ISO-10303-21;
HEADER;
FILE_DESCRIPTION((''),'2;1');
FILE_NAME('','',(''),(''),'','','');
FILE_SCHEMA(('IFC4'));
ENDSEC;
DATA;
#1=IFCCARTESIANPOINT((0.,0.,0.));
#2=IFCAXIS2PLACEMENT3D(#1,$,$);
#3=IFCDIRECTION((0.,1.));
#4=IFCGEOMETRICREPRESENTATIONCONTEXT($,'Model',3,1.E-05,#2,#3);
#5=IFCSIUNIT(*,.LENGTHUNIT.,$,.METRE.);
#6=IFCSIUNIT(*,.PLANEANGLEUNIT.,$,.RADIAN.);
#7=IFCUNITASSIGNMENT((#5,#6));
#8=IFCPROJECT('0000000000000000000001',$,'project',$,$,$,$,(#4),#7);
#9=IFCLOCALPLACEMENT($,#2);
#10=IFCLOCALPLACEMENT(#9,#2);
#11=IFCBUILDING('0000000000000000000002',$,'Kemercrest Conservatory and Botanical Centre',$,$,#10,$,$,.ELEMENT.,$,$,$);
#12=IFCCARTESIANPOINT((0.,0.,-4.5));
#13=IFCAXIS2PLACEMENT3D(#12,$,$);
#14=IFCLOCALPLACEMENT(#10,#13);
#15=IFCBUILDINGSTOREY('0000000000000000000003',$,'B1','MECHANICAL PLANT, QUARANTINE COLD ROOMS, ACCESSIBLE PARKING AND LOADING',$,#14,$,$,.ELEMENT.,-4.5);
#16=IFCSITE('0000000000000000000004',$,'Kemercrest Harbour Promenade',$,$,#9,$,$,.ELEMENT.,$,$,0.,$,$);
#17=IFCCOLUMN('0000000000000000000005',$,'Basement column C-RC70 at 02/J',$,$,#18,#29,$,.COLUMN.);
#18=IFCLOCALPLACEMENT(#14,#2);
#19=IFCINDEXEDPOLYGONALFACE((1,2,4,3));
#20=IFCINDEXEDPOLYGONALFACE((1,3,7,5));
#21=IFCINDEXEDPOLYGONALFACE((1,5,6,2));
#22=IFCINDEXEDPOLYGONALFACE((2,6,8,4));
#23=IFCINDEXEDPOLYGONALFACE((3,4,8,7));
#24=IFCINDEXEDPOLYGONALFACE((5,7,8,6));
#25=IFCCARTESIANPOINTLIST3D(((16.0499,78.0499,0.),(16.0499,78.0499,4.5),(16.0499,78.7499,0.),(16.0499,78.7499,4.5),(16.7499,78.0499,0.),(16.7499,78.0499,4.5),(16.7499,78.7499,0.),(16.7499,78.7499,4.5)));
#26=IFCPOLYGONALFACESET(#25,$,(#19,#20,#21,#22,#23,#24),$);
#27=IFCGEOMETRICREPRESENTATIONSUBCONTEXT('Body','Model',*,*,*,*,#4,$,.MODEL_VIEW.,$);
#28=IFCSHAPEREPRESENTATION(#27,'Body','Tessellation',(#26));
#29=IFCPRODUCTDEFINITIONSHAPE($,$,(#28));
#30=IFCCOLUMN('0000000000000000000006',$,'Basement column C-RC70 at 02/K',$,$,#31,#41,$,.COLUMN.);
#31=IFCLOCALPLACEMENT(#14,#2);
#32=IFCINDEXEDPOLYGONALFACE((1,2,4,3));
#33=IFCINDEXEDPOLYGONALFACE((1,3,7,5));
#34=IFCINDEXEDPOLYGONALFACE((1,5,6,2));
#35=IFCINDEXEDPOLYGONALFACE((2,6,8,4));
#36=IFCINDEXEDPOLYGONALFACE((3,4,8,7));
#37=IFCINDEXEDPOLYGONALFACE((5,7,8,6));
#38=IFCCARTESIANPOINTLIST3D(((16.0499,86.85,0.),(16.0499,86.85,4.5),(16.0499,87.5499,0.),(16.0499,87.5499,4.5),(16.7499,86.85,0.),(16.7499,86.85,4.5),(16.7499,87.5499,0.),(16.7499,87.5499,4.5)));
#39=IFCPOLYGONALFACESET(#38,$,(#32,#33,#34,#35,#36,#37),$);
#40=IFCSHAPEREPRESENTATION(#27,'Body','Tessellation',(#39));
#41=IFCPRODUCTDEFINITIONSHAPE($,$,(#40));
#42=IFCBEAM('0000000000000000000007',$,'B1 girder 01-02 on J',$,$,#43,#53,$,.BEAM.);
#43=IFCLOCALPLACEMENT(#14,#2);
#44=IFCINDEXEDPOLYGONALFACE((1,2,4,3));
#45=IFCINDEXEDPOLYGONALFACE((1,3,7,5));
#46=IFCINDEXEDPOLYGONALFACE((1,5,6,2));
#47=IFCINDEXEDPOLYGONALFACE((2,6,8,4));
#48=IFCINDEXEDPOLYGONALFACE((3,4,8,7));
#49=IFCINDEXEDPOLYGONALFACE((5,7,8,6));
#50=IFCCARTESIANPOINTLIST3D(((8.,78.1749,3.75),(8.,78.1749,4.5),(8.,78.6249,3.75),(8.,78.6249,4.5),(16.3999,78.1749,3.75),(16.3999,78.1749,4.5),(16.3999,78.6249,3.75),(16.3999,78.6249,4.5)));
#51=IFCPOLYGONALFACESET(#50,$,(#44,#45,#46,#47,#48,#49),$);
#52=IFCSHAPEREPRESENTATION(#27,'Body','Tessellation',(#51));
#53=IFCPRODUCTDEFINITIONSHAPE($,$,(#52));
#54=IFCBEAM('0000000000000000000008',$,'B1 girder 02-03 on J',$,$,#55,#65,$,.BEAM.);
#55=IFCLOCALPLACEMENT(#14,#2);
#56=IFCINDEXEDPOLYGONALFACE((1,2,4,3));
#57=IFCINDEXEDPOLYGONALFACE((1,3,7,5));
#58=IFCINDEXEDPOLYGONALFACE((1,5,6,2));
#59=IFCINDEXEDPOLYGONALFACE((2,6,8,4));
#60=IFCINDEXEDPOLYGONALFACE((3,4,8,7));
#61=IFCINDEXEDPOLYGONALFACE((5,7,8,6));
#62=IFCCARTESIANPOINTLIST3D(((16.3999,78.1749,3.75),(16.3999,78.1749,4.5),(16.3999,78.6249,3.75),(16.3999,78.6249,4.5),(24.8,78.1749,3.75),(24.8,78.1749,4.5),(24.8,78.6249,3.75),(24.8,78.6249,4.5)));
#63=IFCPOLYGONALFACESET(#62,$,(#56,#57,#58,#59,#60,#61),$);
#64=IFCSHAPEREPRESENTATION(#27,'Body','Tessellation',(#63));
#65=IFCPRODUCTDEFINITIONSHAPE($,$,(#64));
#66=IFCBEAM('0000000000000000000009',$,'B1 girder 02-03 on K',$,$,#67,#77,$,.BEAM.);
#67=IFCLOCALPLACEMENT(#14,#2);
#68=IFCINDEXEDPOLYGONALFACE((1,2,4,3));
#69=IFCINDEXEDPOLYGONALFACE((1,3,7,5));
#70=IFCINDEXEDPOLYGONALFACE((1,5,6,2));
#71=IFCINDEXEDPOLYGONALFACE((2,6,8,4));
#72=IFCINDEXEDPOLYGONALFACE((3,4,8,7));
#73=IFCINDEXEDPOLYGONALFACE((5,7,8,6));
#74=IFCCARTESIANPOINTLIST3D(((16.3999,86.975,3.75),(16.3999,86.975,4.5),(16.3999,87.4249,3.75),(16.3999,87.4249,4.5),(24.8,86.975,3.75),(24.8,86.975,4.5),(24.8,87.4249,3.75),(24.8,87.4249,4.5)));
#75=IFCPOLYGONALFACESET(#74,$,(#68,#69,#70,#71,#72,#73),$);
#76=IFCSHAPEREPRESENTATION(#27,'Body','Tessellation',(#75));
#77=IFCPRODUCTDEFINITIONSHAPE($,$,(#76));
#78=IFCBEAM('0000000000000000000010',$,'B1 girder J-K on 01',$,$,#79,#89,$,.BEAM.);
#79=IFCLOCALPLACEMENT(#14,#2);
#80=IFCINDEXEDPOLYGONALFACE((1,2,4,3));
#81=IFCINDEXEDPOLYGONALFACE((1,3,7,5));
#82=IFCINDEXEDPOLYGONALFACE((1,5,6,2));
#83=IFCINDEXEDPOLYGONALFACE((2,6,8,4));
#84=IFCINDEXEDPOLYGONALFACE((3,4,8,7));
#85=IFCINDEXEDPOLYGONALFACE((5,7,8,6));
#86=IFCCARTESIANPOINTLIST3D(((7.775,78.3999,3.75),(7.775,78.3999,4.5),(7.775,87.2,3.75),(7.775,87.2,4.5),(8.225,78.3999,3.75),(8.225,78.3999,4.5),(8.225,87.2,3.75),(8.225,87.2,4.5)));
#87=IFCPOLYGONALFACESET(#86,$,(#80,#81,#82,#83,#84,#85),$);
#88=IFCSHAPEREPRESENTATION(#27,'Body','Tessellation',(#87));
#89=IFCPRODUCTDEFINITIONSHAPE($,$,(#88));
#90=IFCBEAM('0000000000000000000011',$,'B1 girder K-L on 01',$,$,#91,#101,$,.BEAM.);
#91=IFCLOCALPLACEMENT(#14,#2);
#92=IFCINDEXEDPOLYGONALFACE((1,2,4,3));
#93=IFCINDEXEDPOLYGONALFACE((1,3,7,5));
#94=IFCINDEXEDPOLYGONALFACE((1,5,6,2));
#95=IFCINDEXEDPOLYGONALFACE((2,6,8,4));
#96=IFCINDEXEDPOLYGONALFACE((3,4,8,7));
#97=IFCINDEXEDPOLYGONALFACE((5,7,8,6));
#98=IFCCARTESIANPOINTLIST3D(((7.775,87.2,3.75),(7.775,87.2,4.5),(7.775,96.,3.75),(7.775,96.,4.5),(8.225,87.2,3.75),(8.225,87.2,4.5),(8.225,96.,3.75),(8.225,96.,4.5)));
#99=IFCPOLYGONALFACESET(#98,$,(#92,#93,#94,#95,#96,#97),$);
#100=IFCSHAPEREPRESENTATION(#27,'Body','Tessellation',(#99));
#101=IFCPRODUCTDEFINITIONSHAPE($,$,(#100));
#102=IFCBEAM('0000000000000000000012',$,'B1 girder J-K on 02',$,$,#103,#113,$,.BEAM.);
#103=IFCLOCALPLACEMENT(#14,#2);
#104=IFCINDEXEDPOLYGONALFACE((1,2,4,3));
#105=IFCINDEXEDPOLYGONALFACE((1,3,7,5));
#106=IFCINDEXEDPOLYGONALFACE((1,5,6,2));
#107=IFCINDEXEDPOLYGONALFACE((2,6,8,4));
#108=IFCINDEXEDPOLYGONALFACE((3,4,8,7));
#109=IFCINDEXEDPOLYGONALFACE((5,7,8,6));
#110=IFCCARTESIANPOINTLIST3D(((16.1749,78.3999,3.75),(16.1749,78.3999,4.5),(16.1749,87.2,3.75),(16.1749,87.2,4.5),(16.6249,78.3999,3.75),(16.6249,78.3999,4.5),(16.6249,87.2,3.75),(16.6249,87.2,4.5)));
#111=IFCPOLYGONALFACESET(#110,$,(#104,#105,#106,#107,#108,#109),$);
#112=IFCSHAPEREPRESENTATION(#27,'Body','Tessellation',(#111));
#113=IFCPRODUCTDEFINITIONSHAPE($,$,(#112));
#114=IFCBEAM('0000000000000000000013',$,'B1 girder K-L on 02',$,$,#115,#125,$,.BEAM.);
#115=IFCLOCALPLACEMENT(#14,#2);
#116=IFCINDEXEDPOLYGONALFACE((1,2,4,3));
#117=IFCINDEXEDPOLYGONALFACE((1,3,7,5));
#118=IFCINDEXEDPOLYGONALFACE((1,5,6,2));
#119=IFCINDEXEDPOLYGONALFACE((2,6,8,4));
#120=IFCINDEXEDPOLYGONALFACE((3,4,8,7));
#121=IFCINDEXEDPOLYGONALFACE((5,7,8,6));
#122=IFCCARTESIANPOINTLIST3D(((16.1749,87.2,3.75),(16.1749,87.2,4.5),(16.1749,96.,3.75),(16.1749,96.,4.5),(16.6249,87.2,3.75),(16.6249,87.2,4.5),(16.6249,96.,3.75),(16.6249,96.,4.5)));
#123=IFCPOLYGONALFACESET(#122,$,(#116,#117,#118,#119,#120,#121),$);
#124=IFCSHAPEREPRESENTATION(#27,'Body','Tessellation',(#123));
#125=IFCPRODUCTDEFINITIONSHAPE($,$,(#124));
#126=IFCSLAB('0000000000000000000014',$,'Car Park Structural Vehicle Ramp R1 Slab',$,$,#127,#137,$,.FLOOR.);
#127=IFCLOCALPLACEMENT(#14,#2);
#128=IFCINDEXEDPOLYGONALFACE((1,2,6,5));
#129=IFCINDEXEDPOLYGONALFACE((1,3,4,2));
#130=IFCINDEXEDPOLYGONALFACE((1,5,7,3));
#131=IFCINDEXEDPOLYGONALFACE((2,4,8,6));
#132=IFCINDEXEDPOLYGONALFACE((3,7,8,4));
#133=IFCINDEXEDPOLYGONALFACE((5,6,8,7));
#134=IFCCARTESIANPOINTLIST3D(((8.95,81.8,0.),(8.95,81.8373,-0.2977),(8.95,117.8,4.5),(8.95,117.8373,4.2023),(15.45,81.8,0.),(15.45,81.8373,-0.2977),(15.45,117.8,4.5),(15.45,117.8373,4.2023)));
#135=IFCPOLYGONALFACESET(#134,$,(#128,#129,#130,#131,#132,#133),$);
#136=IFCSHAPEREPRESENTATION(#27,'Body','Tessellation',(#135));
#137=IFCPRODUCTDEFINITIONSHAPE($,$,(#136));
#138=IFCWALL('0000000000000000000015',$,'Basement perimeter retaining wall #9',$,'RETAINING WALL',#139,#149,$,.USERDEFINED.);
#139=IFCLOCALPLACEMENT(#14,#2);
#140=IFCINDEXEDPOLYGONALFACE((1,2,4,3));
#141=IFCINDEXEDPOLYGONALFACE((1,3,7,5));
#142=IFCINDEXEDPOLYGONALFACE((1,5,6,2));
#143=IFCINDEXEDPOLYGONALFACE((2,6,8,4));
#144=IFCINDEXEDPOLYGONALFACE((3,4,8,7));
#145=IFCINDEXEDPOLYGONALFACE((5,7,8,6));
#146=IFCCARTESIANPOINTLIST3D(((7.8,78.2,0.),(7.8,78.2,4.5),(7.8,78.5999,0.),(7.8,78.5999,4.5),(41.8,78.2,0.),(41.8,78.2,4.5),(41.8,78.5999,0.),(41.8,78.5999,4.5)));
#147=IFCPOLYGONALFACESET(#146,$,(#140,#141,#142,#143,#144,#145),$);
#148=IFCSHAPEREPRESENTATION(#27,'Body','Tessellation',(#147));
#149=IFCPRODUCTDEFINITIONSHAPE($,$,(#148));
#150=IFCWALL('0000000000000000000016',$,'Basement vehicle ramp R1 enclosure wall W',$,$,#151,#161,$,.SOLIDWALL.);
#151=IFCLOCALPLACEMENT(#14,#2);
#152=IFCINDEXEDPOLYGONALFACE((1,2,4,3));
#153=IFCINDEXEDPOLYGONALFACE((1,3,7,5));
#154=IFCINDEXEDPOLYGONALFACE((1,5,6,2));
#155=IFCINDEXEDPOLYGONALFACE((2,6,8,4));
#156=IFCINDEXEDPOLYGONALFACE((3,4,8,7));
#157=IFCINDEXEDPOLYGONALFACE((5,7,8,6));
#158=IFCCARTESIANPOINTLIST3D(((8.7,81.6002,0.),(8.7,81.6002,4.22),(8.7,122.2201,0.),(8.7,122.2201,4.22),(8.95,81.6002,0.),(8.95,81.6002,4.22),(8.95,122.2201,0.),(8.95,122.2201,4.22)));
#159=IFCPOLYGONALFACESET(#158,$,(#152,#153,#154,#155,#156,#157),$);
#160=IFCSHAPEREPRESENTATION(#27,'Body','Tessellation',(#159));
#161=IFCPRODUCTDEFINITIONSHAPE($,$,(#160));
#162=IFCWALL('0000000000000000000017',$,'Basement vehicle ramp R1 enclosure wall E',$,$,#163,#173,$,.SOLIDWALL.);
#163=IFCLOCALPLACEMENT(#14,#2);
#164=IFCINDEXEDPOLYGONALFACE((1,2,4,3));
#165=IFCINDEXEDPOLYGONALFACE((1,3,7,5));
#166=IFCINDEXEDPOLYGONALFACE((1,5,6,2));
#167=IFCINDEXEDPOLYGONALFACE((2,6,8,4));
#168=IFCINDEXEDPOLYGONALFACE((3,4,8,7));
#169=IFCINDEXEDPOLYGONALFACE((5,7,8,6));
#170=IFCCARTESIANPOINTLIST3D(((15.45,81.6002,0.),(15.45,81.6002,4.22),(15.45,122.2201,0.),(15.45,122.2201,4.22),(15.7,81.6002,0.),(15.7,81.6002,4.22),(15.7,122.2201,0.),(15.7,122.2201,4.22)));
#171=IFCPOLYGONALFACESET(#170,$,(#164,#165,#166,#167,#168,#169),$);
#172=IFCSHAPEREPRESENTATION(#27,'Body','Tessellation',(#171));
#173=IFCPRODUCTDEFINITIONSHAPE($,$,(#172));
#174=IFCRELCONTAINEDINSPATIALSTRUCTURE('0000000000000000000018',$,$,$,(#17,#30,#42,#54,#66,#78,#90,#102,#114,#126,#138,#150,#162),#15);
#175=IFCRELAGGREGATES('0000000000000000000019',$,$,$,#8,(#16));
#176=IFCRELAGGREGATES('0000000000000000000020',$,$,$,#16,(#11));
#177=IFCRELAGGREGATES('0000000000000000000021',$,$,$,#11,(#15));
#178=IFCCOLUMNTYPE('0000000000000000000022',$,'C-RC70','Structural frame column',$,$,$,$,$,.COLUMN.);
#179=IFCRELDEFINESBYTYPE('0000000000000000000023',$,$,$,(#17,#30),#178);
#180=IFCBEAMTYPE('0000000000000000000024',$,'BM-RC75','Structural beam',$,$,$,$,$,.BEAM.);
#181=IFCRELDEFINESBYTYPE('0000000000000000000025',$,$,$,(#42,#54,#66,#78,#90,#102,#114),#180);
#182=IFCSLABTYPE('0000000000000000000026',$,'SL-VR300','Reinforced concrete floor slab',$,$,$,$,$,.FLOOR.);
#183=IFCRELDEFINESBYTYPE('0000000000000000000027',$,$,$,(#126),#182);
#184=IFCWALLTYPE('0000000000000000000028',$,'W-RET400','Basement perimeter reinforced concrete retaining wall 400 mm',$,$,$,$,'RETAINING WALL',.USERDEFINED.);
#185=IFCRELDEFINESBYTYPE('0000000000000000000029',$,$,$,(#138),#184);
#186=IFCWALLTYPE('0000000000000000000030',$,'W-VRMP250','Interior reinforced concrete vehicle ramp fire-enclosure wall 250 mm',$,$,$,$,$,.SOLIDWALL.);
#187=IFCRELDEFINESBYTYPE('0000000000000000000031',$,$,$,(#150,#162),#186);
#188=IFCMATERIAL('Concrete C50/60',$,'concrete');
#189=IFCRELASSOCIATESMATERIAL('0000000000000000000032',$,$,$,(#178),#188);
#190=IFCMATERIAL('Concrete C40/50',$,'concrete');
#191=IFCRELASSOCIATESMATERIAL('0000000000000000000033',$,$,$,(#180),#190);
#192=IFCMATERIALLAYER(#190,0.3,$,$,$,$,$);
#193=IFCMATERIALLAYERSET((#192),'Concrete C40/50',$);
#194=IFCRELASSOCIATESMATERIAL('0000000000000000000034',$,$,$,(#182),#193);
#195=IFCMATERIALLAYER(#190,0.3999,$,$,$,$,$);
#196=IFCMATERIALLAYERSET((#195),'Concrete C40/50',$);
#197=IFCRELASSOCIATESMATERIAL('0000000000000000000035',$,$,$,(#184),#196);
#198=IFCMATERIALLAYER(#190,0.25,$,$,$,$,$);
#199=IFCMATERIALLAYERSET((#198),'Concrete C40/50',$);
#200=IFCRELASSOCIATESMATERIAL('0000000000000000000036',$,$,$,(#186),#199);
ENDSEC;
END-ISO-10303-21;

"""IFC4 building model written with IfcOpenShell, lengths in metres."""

from ifc_helpers import new_model, si_unit, direction, frame, frame_2d, origin, origin_2d, place, context, subcontext, project, spatial, polyline, rectangle, outline, extrude, material, layer, layer_set, material_profile, profile_set, type_object, element, save


model = new_model("IFC4")

# Units and contexts
model_context = context("Model", 3, precision=1e-05, world=origin(), true_north=direction((0.0, 1.0)))
body_context = subcontext(model_context, "Body", "Model", "MODEL_VIEW")
ifc_project = project(units=[si_unit("LENGTHUNIT", "METRE"), si_unit("PLANEANGLEUNIT", "RADIAN")], contexts=[model_context])

# Site, building, storey
site_placement = place(None, origin())
site = spatial("IfcSite", under=ifc_project, at=site_placement, Name="Kemercrest Harbour Promenade", CompositionType="ELEMENT", RefElevation=0.0)
building_placement = place(site_placement, origin())
building = spatial("IfcBuilding", under=site, at=building_placement, Name="Kemercrest Conservatory and Botanical Centre", CompositionType="ELEMENT")
storey_placement = place(building_placement, frame((0.0, 0.0, -4.5)))
storey = spatial("IfcBuildingStorey", under=building, at=storey_placement, Name="B1", Description="MECHANICAL PLANT, QUARANTINE COLD ROOMS, ACCESSIBLE PARKING AND LOADING", CompositionType="ELEMENT", Elevation=-4.5)

# Shared definitions
ifc_material_1 = material(Name="Concrete C40/50", Category="concrete")

# Columns
ifc_material_2 = material(Name="Concrete C50/60", Category="concrete")
ifc_material_profile_1 = material_profile(ifc_material_2, rectangle(XDim=0.7, YDim=0.7, at=origin_2d()), Name="RC 700x700")
ifc_profile_set_1 = profile_set([ifc_material_profile_1], Name="Concrete C50/60")
column_type = type_object("IfcColumnType", Name="C-RC70", Description="Structural frame column", PredefinedType="COLUMN", material=ifc_profile_set_1)
for number, where, z_axis, x_axis, name in (
    (1, (16.3999, 78.3999, 0.0), (0.0, 0.0, 1.0), (1.0, 0.0, 0.0), "Basement column C-RC70 at 02/J"),
    (2, (16.3999, 87.2, 0.0), (0.0, 0.0, 1.0), (1.0, 0.0, 0.0), "Basement column C-RC70 at 02/K"),
):
    element("IfcColumn", number, at=place(storey_placement, frame(where, z_axis=z_axis, x_axis=x_axis)), inside=storey, type_object=column_type, Name=name, PredefinedType="COLUMN", context=body_context, shape_type="SweptSolid", body=[
        extrude(rectangle(XDim=0.7, YDim=0.7, at=origin_2d()), origin(), (0.0, 0.0, 1.0), 4.5),
    ])

# Beams
ifc_material_profile_2 = material_profile(ifc_material_1, rectangle(XDim=0.45, YDim=0.75, at=origin_2d()), Name="RC 450x750")
ifc_profile_set_2 = profile_set([ifc_material_profile_2], Name="Concrete C40/50")
beam_type = type_object("IfcBeamType", Name="BM-RC75", Description="Structural beam", PredefinedType="BEAM", material=ifc_profile_set_2)
beam_placement = place(storey_placement, frame((8.0, 78.3999, 4.125), z_axis=(1.0, 0.0, 0.0), x_axis=(0.0, 1.0, 0.0)))
element("IfcBeam", 3, at=beam_placement, inside=storey, type_object=beam_type, Name="B1 girder 01-02 on J", PredefinedType="BEAM", context=body_context, shape_type="SweptSolid", body=[
    extrude(rectangle(XDim=0.45, YDim=0.75, at=origin_2d()), origin(), (0.0, 0.0, 1.0), 8.3999),
])
for number, where, z_axis, x_axis, name in (
    (4, (16.3999, 78.3999, 4.125), (1.0, 0.0, 0.0), (0.0, 1.0, 0.0), "B1 girder 02-03 on J"),
    (5, (16.3999, 87.2, 4.125), (1.0, 0.0, 0.0), (0.0, 1.0, 0.0), "B1 girder 02-03 on K"),
):
    element("IfcBeam", number, at=place(storey_placement, frame(where, z_axis=z_axis, x_axis=x_axis)), inside=storey, type_object=beam_type, Name=name, PredefinedType="BEAM", context=body_context, shape_type="SweptSolid", body=[
        extrude(rectangle(XDim=0.45, YDim=0.75, at=origin_2d()), origin(), (0.0, 0.0, 1.0), 8.4001),
    ])
for number, where, z_axis, x_axis, name in (
    (6, (8.0, 78.3999, 4.125), (0.0, 1.0, 0.0), (-1.0, 0.0, 0.0), "B1 girder J-K on 01"),
    (7, (8.0, 87.2, 4.125), (0.0, 1.0, 0.0), (-1.0, 0.0, 0.0), "B1 girder K-L on 01"),
    (8, (16.3999, 78.3999, 4.125), (0.0, 1.0, 0.0), (-1.0, 0.0, 0.0), "B1 girder J-K on 02"),
    (9, (16.3999, 87.2, 4.125), (0.0, 1.0, 0.0), (-1.0, 0.0, 0.0), "B1 girder K-L on 02"),
):
    element("IfcBeam", number, at=place(storey_placement, frame(where, z_axis=z_axis, x_axis=x_axis)), inside=storey, type_object=beam_type, Name=name, PredefinedType="BEAM", context=body_context, shape_type="SweptSolid", body=[
        extrude(rectangle(XDim=0.45, YDim=0.75, at=origin_2d()), origin(), (0.0, 0.0, 1.0), 8.8),
    ])

# Slab
ifc_layer_1 = layer(ifc_material_1, 0.3)
ifc_layer_set_1 = layer_set([ifc_layer_1], Name="Concrete C40/50")
slab_type = type_object("IfcSlabType", Name="SL-VR300", Description="Reinforced concrete floor slab", PredefinedType="FLOOR", material=ifc_layer_set_1)
slab_placement = place(storey_placement, frame((8.95, 81.8, 0.0), z_axis=(0.0, -0.124035, 0.992278), x_axis=(1.0, 0.0, 0.0)))
element("IfcSlab", 10, at=slab_placement, inside=storey, type_object=slab_type, Name="Car Park Structural Vehicle Ramp R1 Slab", PredefinedType="FLOOR", context=body_context, shape_type="SweptSolid", body=[
    extrude(outline(polyline([(0.0, 0.0), (6.5, 0.0), (6.5, 36.2802), (0.0, 36.2802), (0.0, 0.0)])), origin(), (0.0, 0.0, -1.0), 0.3),
])

# Walls
ifc_layer_2 = layer(ifc_material_1, 0.3999)
ifc_layer_set_2 = layer_set([ifc_layer_2], Name="Concrete C40/50")
wall_type_1 = type_object("IfcWallType", Name="W-RET400", Description="Basement perimeter reinforced concrete retaining wall 400 mm", ElementType="RETAINING WALL", PredefinedType="USERDEFINED", material=ifc_layer_set_2)
wall_placement = place(storey_placement, frame((7.8, 78.3999, 0.0), z_axis=(0.0, 0.0, 1.0), x_axis=(1.0, 0.0, 0.0)))
element("IfcWall", 11, at=wall_placement, inside=storey, type_object=wall_type_1, Name="Basement perimeter retaining wall #9", ObjectType="RETAINING WALL", PredefinedType="USERDEFINED", context=body_context, shape_type="SweptSolid", body=[
    extrude(rectangle(XDim=34.0, YDim=0.3999, at=frame_2d((17.0, 0.0))), origin(), (0.0, 0.0, 1.0), 4.5),
])
ifc_layer_3 = layer(ifc_material_1, 0.25)
ifc_layer_set_3 = layer_set([ifc_layer_3], Name="Concrete C40/50")
wall_type_2 = type_object("IfcWallType", Name="W-VRMP250", Description="Interior reinforced concrete vehicle ramp fire-enclosure wall 250 mm", PredefinedType="SOLIDWALL", material=ifc_layer_set_3)
for number, where, z_axis, x_axis, name in (
    (12, (8.825, 81.6001, 0.0), (0.0, 0.0, 1.0), (0.0, 1.0, 0.0), "Basement vehicle ramp R1 enclosure wall W"),
    (13, (15.575, 81.6001, 0.0), (0.0, 0.0, 1.0), (0.0, 1.0, 0.0), "Basement vehicle ramp R1 enclosure wall E"),
):
    element("IfcWall", number, at=place(storey_placement, frame(where, z_axis=z_axis, x_axis=x_axis)), inside=storey, type_object=wall_type_2, Name=name, PredefinedType="SOLIDWALL", context=body_context, shape_type="SweptSolid", body=[
        extrude(rectangle(XDim=40.6199, YDim=0.25, at=frame_2d((20.3101, 0.0))), origin(), (0.0, 0.0, 1.0), 4.22),
    ])

save(model, "model.ifc")
